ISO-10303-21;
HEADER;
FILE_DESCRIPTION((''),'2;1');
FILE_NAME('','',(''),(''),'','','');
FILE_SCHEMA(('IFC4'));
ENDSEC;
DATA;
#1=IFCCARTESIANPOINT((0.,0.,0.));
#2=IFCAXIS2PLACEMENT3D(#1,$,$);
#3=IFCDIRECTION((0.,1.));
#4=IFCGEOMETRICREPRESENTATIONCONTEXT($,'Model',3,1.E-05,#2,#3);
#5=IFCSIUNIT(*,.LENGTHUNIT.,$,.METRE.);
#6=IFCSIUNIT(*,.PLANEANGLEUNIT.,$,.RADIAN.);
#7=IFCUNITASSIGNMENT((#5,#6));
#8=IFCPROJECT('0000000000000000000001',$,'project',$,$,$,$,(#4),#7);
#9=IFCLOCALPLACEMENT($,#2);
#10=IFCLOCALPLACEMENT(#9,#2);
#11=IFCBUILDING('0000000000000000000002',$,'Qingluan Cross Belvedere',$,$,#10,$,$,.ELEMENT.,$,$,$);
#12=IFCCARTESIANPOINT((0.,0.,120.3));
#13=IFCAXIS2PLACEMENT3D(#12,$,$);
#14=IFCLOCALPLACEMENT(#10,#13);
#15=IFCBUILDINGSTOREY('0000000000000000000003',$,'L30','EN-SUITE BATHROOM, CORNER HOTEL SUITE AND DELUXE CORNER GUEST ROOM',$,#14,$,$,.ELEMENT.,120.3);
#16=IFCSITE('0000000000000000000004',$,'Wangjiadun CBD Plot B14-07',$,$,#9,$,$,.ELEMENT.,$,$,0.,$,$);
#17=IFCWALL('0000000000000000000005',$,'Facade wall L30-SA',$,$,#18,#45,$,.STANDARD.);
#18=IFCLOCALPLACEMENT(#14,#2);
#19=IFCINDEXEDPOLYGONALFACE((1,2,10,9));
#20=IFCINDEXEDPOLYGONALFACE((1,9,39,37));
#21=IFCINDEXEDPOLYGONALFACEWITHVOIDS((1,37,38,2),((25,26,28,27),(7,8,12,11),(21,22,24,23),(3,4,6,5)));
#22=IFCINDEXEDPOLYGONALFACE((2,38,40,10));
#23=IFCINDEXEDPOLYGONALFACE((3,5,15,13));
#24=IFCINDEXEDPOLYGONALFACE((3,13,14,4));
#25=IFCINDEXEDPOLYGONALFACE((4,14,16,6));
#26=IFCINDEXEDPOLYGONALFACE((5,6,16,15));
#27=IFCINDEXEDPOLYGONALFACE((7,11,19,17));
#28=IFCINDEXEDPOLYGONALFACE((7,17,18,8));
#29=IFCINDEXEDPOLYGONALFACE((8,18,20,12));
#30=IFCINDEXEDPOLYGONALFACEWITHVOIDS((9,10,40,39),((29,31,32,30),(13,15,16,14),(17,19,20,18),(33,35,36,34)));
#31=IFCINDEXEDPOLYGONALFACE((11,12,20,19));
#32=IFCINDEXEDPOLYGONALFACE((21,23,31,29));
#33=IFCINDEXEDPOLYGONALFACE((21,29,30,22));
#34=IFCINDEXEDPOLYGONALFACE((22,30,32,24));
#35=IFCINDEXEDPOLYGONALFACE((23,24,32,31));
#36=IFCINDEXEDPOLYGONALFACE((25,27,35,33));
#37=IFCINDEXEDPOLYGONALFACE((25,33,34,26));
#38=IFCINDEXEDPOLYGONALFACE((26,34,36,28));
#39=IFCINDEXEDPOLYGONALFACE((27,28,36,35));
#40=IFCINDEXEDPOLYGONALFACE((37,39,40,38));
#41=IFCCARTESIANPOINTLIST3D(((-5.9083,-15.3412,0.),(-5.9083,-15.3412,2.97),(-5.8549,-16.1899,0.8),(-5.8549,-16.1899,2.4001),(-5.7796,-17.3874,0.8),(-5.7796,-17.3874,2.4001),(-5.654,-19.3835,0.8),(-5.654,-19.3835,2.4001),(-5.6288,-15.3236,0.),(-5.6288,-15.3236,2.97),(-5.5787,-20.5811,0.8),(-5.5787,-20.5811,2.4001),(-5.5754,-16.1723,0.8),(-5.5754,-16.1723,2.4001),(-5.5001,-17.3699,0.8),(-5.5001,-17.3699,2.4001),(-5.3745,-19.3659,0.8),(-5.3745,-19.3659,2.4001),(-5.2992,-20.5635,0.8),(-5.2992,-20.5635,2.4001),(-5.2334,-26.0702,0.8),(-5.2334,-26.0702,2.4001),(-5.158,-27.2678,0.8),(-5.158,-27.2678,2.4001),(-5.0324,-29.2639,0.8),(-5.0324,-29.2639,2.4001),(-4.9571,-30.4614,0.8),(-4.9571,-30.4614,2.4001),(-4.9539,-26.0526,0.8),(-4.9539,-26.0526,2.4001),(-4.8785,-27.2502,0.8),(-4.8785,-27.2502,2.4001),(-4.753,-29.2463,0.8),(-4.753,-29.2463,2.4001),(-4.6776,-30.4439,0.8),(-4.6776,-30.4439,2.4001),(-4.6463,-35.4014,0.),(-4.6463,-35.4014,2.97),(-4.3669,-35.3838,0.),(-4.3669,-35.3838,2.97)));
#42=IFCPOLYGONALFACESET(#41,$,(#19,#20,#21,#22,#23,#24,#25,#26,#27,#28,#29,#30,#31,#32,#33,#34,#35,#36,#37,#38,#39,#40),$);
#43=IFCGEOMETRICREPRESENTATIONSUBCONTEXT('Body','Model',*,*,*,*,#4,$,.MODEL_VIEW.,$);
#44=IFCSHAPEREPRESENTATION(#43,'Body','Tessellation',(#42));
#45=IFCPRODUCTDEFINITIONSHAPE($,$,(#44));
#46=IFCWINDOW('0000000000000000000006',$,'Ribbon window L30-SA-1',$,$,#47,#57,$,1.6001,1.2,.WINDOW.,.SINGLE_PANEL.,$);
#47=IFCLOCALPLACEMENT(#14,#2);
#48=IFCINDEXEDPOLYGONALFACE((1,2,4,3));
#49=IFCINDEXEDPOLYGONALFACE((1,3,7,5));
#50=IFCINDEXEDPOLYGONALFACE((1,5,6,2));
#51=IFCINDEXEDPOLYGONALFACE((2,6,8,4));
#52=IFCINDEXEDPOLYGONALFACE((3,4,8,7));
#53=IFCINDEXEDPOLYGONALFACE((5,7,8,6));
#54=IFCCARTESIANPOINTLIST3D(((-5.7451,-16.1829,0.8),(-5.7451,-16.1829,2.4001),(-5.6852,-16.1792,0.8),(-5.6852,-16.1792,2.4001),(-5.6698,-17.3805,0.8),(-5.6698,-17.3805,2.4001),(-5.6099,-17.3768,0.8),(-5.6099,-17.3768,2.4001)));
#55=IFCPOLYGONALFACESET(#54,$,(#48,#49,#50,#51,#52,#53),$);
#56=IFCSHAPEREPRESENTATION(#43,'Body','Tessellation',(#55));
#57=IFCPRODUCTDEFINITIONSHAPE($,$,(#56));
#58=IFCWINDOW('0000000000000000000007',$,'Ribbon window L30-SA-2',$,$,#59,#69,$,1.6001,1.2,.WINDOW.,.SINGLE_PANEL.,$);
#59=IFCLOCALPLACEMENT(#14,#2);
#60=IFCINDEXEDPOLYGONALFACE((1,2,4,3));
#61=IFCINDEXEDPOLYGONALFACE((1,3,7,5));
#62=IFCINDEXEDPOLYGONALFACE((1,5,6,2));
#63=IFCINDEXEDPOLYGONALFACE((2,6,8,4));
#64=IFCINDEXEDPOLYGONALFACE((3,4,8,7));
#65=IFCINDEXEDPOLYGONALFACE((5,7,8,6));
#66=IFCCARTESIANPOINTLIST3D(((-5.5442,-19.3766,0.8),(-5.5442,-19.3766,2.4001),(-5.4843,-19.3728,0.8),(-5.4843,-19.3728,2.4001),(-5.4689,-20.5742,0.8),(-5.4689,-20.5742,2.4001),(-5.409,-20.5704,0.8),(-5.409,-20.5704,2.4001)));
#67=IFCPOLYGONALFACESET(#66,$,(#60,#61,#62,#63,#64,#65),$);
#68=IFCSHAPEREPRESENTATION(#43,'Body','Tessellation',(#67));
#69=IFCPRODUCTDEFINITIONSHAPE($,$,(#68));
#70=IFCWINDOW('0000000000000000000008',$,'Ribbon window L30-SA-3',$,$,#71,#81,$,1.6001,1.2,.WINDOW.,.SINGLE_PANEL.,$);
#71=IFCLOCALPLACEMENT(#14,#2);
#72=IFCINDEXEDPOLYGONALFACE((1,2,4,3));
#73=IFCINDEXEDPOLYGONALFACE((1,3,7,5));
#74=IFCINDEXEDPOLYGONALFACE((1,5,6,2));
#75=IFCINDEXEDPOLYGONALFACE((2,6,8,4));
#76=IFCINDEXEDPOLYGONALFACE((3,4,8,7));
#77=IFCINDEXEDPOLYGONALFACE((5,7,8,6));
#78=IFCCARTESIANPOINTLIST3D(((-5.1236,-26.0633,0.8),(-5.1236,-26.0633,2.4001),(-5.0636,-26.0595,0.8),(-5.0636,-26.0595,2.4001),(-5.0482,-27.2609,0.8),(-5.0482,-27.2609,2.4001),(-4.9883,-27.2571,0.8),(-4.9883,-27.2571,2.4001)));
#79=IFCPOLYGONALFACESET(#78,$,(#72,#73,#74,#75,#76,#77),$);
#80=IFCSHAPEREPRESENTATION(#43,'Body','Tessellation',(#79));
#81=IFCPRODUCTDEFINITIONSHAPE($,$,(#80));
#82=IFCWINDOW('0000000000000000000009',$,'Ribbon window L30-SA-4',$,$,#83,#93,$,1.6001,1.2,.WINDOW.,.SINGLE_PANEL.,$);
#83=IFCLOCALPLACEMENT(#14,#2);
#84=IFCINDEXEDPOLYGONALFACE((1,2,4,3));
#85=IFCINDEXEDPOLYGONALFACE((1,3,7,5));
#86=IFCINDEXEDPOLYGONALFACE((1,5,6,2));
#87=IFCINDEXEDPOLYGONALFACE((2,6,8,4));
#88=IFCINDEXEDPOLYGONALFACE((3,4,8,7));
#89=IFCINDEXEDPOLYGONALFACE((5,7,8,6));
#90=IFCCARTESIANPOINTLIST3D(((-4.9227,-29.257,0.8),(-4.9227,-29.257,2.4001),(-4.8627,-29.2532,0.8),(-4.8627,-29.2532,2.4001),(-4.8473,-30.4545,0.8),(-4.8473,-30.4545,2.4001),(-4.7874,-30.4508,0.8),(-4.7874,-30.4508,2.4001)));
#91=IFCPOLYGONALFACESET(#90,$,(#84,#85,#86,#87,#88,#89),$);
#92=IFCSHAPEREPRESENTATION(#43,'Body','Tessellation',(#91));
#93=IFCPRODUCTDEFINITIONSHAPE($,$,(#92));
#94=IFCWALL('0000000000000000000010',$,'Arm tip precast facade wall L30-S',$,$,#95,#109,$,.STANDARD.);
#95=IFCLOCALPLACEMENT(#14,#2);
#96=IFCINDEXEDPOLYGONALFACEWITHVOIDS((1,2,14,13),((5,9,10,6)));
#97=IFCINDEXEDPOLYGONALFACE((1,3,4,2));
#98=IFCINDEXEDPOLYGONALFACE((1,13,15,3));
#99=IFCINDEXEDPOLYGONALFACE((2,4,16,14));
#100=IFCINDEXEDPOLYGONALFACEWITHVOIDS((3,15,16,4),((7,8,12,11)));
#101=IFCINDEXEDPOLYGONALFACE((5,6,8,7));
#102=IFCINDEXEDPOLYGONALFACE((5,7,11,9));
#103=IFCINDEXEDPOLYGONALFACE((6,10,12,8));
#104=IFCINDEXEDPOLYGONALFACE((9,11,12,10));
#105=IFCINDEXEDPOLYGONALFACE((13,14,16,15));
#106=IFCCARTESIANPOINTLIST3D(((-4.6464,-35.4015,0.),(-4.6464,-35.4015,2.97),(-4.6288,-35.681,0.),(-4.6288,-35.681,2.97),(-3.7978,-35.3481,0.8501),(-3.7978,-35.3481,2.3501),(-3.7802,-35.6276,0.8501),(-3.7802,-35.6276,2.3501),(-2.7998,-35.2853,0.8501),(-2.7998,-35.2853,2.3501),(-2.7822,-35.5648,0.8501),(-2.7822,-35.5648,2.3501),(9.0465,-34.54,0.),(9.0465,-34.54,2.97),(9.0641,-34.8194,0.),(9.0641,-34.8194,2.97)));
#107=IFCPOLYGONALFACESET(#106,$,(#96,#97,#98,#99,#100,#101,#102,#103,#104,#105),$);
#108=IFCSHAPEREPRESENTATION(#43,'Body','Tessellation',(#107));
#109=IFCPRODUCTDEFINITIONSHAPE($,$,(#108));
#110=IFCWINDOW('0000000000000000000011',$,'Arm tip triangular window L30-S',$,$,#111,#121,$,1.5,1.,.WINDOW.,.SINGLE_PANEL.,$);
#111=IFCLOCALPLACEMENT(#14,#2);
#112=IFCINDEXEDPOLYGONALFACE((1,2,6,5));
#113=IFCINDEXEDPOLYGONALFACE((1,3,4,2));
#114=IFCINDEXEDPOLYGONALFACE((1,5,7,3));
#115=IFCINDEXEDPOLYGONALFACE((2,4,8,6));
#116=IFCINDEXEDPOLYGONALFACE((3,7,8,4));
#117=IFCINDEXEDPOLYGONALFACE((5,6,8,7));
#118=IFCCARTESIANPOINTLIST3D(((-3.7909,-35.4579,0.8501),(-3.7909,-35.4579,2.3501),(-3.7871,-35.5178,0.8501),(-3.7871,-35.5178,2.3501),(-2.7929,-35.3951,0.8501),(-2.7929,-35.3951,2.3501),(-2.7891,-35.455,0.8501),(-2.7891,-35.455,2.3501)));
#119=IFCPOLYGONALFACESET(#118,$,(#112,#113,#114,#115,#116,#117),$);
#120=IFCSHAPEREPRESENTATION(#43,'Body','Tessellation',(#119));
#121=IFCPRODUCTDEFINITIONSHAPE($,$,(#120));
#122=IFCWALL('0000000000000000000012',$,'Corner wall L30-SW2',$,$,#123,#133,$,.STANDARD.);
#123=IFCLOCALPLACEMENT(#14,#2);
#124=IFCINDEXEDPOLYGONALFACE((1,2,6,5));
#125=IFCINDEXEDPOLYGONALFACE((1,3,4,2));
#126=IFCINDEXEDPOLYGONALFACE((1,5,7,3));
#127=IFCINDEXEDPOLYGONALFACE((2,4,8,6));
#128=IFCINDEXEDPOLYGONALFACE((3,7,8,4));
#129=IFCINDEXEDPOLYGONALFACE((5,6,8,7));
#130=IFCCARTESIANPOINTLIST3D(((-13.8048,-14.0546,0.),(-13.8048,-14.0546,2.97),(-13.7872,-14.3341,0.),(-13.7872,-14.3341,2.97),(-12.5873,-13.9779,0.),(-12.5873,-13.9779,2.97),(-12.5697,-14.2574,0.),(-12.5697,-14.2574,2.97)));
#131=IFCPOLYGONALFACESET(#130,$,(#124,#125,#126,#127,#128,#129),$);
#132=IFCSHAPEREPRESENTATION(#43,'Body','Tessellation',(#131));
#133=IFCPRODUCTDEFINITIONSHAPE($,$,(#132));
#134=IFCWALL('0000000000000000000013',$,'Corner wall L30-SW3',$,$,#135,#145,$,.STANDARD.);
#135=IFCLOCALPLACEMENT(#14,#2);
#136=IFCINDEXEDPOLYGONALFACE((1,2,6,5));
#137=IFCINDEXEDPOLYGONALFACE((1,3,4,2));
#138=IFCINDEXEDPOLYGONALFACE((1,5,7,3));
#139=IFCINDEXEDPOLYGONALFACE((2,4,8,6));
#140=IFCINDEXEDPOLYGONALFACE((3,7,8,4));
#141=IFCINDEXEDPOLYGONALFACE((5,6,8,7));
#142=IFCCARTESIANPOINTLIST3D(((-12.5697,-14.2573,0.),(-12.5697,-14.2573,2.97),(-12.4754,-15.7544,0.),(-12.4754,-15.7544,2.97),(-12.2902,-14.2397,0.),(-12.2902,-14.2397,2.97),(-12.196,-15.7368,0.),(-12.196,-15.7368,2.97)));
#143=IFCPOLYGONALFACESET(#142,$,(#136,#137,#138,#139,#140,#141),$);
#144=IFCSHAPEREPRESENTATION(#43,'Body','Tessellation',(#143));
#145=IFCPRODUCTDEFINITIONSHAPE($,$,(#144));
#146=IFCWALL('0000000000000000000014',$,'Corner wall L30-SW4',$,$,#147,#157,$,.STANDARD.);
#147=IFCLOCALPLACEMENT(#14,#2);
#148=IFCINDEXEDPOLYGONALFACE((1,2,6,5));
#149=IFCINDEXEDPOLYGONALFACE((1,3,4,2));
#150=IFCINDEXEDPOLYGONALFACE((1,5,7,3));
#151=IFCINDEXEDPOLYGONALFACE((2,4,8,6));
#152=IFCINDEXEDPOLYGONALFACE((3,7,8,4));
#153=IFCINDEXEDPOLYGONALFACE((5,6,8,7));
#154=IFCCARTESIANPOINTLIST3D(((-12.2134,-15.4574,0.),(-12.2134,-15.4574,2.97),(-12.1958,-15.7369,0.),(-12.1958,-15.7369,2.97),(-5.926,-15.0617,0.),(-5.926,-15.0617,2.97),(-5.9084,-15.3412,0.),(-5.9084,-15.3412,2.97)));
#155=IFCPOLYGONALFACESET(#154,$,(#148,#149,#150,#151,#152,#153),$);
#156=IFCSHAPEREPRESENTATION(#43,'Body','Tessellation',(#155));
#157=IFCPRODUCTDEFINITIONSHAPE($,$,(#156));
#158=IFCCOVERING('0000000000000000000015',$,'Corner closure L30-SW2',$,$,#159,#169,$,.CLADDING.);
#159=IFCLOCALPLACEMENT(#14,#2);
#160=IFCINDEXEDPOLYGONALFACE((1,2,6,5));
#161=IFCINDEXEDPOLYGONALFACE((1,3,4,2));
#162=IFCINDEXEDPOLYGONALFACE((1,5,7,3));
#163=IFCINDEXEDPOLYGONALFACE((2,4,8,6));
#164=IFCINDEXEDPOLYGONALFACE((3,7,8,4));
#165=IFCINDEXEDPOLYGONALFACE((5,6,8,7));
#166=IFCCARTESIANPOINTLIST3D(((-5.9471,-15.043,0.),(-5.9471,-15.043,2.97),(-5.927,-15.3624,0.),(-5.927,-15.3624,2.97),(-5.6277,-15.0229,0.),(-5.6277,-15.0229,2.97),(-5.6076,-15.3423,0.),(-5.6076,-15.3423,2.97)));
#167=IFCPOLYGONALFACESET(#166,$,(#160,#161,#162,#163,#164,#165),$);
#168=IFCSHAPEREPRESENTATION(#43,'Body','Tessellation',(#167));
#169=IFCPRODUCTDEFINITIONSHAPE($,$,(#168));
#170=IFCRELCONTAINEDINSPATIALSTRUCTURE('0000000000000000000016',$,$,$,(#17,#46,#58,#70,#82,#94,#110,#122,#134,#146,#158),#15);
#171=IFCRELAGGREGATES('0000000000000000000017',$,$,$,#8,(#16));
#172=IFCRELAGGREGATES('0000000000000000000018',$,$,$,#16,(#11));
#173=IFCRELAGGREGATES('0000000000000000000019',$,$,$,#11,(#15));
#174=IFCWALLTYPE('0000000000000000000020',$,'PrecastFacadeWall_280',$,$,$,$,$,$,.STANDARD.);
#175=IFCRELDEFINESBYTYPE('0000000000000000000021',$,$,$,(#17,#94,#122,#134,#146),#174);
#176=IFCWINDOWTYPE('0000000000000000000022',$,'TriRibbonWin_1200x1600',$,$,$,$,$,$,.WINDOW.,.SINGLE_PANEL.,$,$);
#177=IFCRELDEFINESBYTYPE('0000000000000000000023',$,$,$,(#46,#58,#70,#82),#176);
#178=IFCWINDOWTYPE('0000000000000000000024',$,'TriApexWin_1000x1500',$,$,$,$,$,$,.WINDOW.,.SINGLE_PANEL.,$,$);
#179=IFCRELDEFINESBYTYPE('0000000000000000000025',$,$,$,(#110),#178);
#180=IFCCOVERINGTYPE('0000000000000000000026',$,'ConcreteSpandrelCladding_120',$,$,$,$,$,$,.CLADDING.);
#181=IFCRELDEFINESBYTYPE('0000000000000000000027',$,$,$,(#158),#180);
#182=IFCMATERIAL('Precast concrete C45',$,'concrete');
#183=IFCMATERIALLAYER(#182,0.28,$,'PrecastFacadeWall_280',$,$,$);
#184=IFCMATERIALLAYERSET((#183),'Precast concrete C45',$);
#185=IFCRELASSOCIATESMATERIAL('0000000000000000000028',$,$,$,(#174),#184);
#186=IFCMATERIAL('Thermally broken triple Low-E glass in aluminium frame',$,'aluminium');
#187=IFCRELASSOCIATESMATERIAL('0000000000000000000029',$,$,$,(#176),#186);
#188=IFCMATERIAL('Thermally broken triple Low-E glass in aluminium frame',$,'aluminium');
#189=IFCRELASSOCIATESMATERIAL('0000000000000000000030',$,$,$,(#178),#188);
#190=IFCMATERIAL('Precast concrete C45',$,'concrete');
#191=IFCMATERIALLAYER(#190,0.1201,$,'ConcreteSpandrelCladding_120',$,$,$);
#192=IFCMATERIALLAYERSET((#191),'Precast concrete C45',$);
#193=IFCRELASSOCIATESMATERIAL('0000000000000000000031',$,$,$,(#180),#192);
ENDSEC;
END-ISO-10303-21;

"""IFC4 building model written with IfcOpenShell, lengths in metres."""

from ifc_helpers import new_model, si_unit, direction, frame, frame_2d, origin, origin_2d, place, context, subcontext, project, spatial, rectangle, extrude, material, layer, layer_set, type_object, element, fill, save


model = new_model("IFC4")

# Units and contexts
model_context = context("Model", 3, precision=1e-05, world=origin(), true_north=direction((0.0, 1.0)))
body_context = subcontext(model_context, "Body", "Model", "MODEL_VIEW")
ifc_project = project(units=[si_unit("LENGTHUNIT", "METRE"), si_unit("PLANEANGLEUNIT", "RADIAN")], contexts=[model_context])

# Site, building, storey
site_placement = place(None, origin())
site = spatial("IfcSite", under=ifc_project, at=site_placement, Name="Wangjiadun CBD Plot B14-07", CompositionType="ELEMENT", RefElevation=0.0)
building_placement = place(site_placement, origin())
building = spatial("IfcBuilding", under=site, at=building_placement, Name="Qingluan Cross Belvedere", CompositionType="ELEMENT")
storey_placement = place(building_placement, frame((0.0, 0.0, 120.3)))
storey = spatial("IfcBuildingStorey", under=building, at=storey_placement, Name="L30", Description="EN-SUITE BATHROOM, CORNER HOTEL SUITE AND DELUXE CORNER GUEST ROOM", CompositionType="ELEMENT", Elevation=120.3)

# Wall, openings, windows
ifc_material_1 = material(Name="Precast concrete C45", Category="concrete")
ifc_layer_1 = layer(ifc_material_1, 0.28, Name="PrecastFacadeWall_280")
ifc_layer_set_1 = layer_set([ifc_layer_1], Name="Precast concrete C45")
wall_type_1 = type_object("IfcWallType", Name="PrecastFacadeWall_280", PredefinedType="STANDARD", material=ifc_layer_set_1)
wall_1_placement = place(storey_placement, frame((-5.7686, -15.3325, 0.0), z_axis=(0.0, 0.0, 1.0), x_axis=(0.062784, -0.998027, 0.0)))
wall_1 = element("IfcWall", 1, at=wall_1_placement, inside=storey, type_object=wall_type_1, Name="Facade wall L30-SA", PredefinedType="STANDARD", context=body_context, shape_type="SweptSolid", body=[
    extrude(rectangle(XDim=20.0999, YDim=0.28, at=frame_2d((10.0498, 0.0))), origin(), (0.0, 0.0, 1.0), 2.97),
])
opening_1_placement = place(wall_1_placement, frame((0.8501, 0.0, 0.8)))
opening_1 = element("IfcOpeningElement", 2, at=opening_1_placement, cuts=wall_1, PredefinedType="OPENING", context=body_context, shape_type="SweptSolid", body=[
    extrude(rectangle(XDim=1.2, YDim=1.6001, at=frame_2d((0.6001, 0.8))), frame((0.0, 0.1499, 0.0), z_axis=(0.0, -1.0, 0.0), x_axis=(1.0, 0.0, 0.0)), (0.0, 0.0, 1.0), 0.3),
])
opening_2_placement = place(wall_1_placement, frame((4.05, 0.0, 0.8)))
opening_2 = element("IfcOpeningElement", 3, at=opening_2_placement, cuts=wall_1, PredefinedType="OPENING", context=body_context, shape_type="SweptSolid", body=[
    extrude(rectangle(XDim=1.2, YDim=1.6001, at=frame_2d((0.6001, 0.8))), frame((0.0, 0.1499, 0.0), z_axis=(0.0, -1.0, 0.0), x_axis=(1.0, 0.0, 0.0)), (0.0, 0.0, 1.0), 0.3),
])
opening_3_placement = place(wall_1_placement, frame((10.75, 0.0, 0.8)))
opening_3 = element("IfcOpeningElement", 4, at=opening_3_placement, cuts=wall_1, PredefinedType="OPENING", context=body_context, shape_type="SweptSolid", body=[
    extrude(rectangle(XDim=1.2, YDim=1.6001, at=frame_2d((0.6001, 0.8))), frame((0.0, 0.1499, 0.0), z_axis=(0.0, -1.0, 0.0), x_axis=(1.0, 0.0, 0.0)), (0.0, 0.0, 1.0), 0.3),
])
opening_4_placement = place(wall_1_placement, frame((13.95, 0.0, 0.8)))
opening_4 = element("IfcOpeningElement", 5, at=opening_4_placement, cuts=wall_1, PredefinedType="OPENING", context=body_context, shape_type="SweptSolid", body=[
    extrude(rectangle(XDim=1.2, YDim=1.6001, at=frame_2d((0.6001, 0.8))), frame((0.0, 0.1499, 0.0), z_axis=(0.0, -1.0, 0.0), x_axis=(1.0, 0.0, 0.0)), (0.0, 0.0, 1.0), 0.3),
])
ifc_material_2 = material(Name="Thermally broken triple Low-E glass in aluminium frame", Category="aluminium")
window_type_1 = type_object("IfcWindowType", Name="TriRibbonWin_1200x1600", PartitioningType="SINGLE_PANEL", PredefinedType="WINDOW", material=ifc_material_2)
window_1_placement = place(opening_1_placement, origin())
window_1 = element("IfcWindow", 6, at=window_1_placement, inside=storey, type_object=window_type_1, Name="Ribbon window L30-SA-1", OverallHeight=1.6001, OverallWidth=1.2, PartitioningType="SINGLE_PANEL", PredefinedType="WINDOW", context=body_context, shape_type="SweptSolid", body=[
    extrude(rectangle(XDim=1.2, YDim=1.6001, at=frame_2d((0.6001, 0.8))), frame((0.0, 0.03, 0.0), z_axis=(0.0, -1.0, 0.0), x_axis=(1.0, 0.0, 0.0)), (0.0, 0.0, 1.0), 0.0601),
])
fill(opening_1, window_1)
window_2_placement = place(opening_2_placement, origin())
window_2 = element("IfcWindow", 7, at=window_2_placement, inside=storey, type_object=window_type_1, Name="Ribbon window L30-SA-2", OverallHeight=1.6001, OverallWidth=1.2, PartitioningType="SINGLE_PANEL", PredefinedType="WINDOW", context=body_context, shape_type="SweptSolid", body=[
    extrude(rectangle(XDim=1.2, YDim=1.6001, at=frame_2d((0.6001, 0.8))), frame((0.0, 0.03, 0.0), z_axis=(0.0, -1.0, 0.0), x_axis=(1.0, 0.0, 0.0)), (0.0, 0.0, 1.0), 0.0601),
])
fill(opening_2, window_2)
window_3_placement = place(opening_3_placement, origin())
window_3 = element("IfcWindow", 8, at=window_3_placement, inside=storey, type_object=window_type_1, Name="Ribbon window L30-SA-3", OverallHeight=1.6001, OverallWidth=1.2, PartitioningType="SINGLE_PANEL", PredefinedType="WINDOW", context=body_context, shape_type="SweptSolid", body=[
    extrude(rectangle(XDim=1.2, YDim=1.6001, at=frame_2d((0.6001, 0.8))), frame((0.0, 0.03, 0.0), z_axis=(0.0, -1.0, 0.0), x_axis=(1.0, 0.0, 0.0)), (0.0, 0.0, 1.0), 0.0601),
])
fill(opening_3, window_3)
window_4_placement = place(opening_4_placement, origin())
window_4 = element("IfcWindow", 9, at=window_4_placement, inside=storey, type_object=window_type_1, Name="Ribbon window L30-SA-4", OverallHeight=1.6001, OverallWidth=1.2, PartitioningType="SINGLE_PANEL", PredefinedType="WINDOW", context=body_context, shape_type="SweptSolid", body=[
    extrude(rectangle(XDim=1.2, YDim=1.6001, at=frame_2d((0.6001, 0.8))), frame((0.0, 0.03, 0.0), z_axis=(0.0, -1.0, 0.0), x_axis=(1.0, 0.0, 0.0)), (0.0, 0.0, 1.0), 0.0601),
])
fill(opening_4, window_4)

# Wall, opening, window
wall_2_placement = place(storey_placement, frame((-4.6375, -35.5413, 0.0), z_axis=(0.0, 0.0, 1.0), x_axis=(0.998026, 0.062797, 0.0)))
wall_2 = element("IfcWall", 10, at=wall_2_placement, inside=storey, type_object=wall_type_1, Name="Arm tip precast facade wall L30-S", PredefinedType="STANDARD", context=body_context, shape_type="SweptSolid", body=[
    extrude(rectangle(XDim=13.72, YDim=0.28, at=frame_2d((6.8599, 0.0))), origin(), (0.0, 0.0, 1.0), 2.97),
])
opening_5_placement = place(wall_2_placement, frame((0.8501, 0.0, 0.8501)))
opening_5 = element("IfcOpeningElement", 11, at=opening_5_placement, cuts=wall_2, PredefinedType="OPENING", context=body_context, shape_type="SweptSolid", body=[
    extrude(rectangle(XDim=1.0, YDim=1.5, at=frame_2d((0.5, 0.75))), frame((0.0, 0.1499, 0.0), z_axis=(0.0, -1.0, 0.0), x_axis=(1.0, 0.0, 0.0)), (0.0, 0.0, 1.0), 0.3),
])
ifc_material_3 = material(Name="Thermally broken triple Low-E glass in aluminium frame", Category="aluminium")
window_type_2 = type_object("IfcWindowType", Name="TriApexWin_1000x1500", PartitioningType="SINGLE_PANEL", PredefinedType="WINDOW", material=ifc_material_3)
window_5_placement = place(opening_5_placement, origin())
window_5 = element("IfcWindow", 12, at=window_5_placement, inside=storey, type_object=window_type_2, Name="Arm tip triangular window L30-S", OverallHeight=1.5, OverallWidth=1.0, PartitioningType="SINGLE_PANEL", PredefinedType="WINDOW", context=body_context, shape_type="SweptSolid", body=[
    extrude(rectangle(XDim=1.0, YDim=1.5, at=frame_2d((0.5, 0.75))), frame((0.0, 0.03, 0.0), z_axis=(0.0, -1.0, 0.0), x_axis=(1.0, 0.0, 0.0)), (0.0, 0.0, 1.0), 0.0601),
])
fill(opening_5, window_5)

# Walls
wall_3_placement = place(storey_placement, frame((-13.7959, -14.1943, 0.0), z_axis=(0.0, 0.0, 1.0), x_axis=(0.998024, 0.062839, 0.0)))
element("IfcWall", 13, at=wall_3_placement, inside=storey, type_object=wall_type_1, Name="Corner wall L30-SW2", PredefinedType="STANDARD", context=body_context, shape_type="SweptSolid", body=[
    extrude(rectangle(XDim=1.22, YDim=0.28, at=frame_2d((0.6099, 0.0))), origin(), (0.0, 0.0, 1.0), 2.97),
])
wall_4_placement = place(storey_placement, frame((-12.4299, -14.2485, 0.0), z_axis=(0.0, 0.0, 1.0), x_axis=(0.062824, -0.998025, 0.0)))
element("IfcWall", 14, at=wall_4_placement, inside=storey, type_object=wall_type_1, Name="Corner wall L30-SW3", PredefinedType="STANDARD", context=body_context, shape_type="SweptSolid", body=[
    extrude(rectangle(XDim=1.5, YDim=0.28, at=frame_2d((0.75, 0.0))), origin(), (0.0, 0.0, 1.0), 2.97),
])
wall_5_placement = place(storey_placement, frame((-12.2046, -15.5972, 0.0), z_axis=(0.0, 0.0, 1.0), x_axis=(0.998025, 0.06282, 0.0)))
element("IfcWall", 15, at=wall_5_placement, inside=storey, type_object=wall_type_1, Name="Corner wall L30-SW4", PredefinedType="STANDARD", context=body_context, shape_type="SweptSolid", body=[
    extrude(rectangle(XDim=6.2998, YDim=0.28, at=frame_2d((3.1499, 0.0))), origin(), (0.0, 0.0, 1.0), 2.97),
])

# Covering
ifc_material_4 = material(Name="Precast concrete C45", Category="concrete")
ifc_layer_2 = layer(ifc_material_4, 0.1201, Name="ConcreteSpandrelCladding_120")
ifc_layer_set_2 = layer_set([ifc_layer_2], Name="Precast concrete C45")
covering_type = type_object("IfcCoveringType", Name="ConcreteSpandrelCladding_120", PredefinedType="CLADDING", material=ifc_layer_set_2)
covering_placement = place(storey_placement, frame((-5.7773, -15.1926, 0.0), z_axis=(0.0, 0.0, 1.0), x_axis=(0.998027, 0.062791, 0.0)))
element("IfcCovering", 16, at=covering_placement, inside=storey, type_object=covering_type, Name="Corner closure L30-SW2", PredefinedType="CLADDING", context=body_context, shape_type="SweptSolid", body=[
    extrude(rectangle(XDim=0.3201, YDim=0.3201, at=origin_2d()), origin(), (0.0, 0.0, 1.0), 2.97),
])

save(model, "model.ifc")
